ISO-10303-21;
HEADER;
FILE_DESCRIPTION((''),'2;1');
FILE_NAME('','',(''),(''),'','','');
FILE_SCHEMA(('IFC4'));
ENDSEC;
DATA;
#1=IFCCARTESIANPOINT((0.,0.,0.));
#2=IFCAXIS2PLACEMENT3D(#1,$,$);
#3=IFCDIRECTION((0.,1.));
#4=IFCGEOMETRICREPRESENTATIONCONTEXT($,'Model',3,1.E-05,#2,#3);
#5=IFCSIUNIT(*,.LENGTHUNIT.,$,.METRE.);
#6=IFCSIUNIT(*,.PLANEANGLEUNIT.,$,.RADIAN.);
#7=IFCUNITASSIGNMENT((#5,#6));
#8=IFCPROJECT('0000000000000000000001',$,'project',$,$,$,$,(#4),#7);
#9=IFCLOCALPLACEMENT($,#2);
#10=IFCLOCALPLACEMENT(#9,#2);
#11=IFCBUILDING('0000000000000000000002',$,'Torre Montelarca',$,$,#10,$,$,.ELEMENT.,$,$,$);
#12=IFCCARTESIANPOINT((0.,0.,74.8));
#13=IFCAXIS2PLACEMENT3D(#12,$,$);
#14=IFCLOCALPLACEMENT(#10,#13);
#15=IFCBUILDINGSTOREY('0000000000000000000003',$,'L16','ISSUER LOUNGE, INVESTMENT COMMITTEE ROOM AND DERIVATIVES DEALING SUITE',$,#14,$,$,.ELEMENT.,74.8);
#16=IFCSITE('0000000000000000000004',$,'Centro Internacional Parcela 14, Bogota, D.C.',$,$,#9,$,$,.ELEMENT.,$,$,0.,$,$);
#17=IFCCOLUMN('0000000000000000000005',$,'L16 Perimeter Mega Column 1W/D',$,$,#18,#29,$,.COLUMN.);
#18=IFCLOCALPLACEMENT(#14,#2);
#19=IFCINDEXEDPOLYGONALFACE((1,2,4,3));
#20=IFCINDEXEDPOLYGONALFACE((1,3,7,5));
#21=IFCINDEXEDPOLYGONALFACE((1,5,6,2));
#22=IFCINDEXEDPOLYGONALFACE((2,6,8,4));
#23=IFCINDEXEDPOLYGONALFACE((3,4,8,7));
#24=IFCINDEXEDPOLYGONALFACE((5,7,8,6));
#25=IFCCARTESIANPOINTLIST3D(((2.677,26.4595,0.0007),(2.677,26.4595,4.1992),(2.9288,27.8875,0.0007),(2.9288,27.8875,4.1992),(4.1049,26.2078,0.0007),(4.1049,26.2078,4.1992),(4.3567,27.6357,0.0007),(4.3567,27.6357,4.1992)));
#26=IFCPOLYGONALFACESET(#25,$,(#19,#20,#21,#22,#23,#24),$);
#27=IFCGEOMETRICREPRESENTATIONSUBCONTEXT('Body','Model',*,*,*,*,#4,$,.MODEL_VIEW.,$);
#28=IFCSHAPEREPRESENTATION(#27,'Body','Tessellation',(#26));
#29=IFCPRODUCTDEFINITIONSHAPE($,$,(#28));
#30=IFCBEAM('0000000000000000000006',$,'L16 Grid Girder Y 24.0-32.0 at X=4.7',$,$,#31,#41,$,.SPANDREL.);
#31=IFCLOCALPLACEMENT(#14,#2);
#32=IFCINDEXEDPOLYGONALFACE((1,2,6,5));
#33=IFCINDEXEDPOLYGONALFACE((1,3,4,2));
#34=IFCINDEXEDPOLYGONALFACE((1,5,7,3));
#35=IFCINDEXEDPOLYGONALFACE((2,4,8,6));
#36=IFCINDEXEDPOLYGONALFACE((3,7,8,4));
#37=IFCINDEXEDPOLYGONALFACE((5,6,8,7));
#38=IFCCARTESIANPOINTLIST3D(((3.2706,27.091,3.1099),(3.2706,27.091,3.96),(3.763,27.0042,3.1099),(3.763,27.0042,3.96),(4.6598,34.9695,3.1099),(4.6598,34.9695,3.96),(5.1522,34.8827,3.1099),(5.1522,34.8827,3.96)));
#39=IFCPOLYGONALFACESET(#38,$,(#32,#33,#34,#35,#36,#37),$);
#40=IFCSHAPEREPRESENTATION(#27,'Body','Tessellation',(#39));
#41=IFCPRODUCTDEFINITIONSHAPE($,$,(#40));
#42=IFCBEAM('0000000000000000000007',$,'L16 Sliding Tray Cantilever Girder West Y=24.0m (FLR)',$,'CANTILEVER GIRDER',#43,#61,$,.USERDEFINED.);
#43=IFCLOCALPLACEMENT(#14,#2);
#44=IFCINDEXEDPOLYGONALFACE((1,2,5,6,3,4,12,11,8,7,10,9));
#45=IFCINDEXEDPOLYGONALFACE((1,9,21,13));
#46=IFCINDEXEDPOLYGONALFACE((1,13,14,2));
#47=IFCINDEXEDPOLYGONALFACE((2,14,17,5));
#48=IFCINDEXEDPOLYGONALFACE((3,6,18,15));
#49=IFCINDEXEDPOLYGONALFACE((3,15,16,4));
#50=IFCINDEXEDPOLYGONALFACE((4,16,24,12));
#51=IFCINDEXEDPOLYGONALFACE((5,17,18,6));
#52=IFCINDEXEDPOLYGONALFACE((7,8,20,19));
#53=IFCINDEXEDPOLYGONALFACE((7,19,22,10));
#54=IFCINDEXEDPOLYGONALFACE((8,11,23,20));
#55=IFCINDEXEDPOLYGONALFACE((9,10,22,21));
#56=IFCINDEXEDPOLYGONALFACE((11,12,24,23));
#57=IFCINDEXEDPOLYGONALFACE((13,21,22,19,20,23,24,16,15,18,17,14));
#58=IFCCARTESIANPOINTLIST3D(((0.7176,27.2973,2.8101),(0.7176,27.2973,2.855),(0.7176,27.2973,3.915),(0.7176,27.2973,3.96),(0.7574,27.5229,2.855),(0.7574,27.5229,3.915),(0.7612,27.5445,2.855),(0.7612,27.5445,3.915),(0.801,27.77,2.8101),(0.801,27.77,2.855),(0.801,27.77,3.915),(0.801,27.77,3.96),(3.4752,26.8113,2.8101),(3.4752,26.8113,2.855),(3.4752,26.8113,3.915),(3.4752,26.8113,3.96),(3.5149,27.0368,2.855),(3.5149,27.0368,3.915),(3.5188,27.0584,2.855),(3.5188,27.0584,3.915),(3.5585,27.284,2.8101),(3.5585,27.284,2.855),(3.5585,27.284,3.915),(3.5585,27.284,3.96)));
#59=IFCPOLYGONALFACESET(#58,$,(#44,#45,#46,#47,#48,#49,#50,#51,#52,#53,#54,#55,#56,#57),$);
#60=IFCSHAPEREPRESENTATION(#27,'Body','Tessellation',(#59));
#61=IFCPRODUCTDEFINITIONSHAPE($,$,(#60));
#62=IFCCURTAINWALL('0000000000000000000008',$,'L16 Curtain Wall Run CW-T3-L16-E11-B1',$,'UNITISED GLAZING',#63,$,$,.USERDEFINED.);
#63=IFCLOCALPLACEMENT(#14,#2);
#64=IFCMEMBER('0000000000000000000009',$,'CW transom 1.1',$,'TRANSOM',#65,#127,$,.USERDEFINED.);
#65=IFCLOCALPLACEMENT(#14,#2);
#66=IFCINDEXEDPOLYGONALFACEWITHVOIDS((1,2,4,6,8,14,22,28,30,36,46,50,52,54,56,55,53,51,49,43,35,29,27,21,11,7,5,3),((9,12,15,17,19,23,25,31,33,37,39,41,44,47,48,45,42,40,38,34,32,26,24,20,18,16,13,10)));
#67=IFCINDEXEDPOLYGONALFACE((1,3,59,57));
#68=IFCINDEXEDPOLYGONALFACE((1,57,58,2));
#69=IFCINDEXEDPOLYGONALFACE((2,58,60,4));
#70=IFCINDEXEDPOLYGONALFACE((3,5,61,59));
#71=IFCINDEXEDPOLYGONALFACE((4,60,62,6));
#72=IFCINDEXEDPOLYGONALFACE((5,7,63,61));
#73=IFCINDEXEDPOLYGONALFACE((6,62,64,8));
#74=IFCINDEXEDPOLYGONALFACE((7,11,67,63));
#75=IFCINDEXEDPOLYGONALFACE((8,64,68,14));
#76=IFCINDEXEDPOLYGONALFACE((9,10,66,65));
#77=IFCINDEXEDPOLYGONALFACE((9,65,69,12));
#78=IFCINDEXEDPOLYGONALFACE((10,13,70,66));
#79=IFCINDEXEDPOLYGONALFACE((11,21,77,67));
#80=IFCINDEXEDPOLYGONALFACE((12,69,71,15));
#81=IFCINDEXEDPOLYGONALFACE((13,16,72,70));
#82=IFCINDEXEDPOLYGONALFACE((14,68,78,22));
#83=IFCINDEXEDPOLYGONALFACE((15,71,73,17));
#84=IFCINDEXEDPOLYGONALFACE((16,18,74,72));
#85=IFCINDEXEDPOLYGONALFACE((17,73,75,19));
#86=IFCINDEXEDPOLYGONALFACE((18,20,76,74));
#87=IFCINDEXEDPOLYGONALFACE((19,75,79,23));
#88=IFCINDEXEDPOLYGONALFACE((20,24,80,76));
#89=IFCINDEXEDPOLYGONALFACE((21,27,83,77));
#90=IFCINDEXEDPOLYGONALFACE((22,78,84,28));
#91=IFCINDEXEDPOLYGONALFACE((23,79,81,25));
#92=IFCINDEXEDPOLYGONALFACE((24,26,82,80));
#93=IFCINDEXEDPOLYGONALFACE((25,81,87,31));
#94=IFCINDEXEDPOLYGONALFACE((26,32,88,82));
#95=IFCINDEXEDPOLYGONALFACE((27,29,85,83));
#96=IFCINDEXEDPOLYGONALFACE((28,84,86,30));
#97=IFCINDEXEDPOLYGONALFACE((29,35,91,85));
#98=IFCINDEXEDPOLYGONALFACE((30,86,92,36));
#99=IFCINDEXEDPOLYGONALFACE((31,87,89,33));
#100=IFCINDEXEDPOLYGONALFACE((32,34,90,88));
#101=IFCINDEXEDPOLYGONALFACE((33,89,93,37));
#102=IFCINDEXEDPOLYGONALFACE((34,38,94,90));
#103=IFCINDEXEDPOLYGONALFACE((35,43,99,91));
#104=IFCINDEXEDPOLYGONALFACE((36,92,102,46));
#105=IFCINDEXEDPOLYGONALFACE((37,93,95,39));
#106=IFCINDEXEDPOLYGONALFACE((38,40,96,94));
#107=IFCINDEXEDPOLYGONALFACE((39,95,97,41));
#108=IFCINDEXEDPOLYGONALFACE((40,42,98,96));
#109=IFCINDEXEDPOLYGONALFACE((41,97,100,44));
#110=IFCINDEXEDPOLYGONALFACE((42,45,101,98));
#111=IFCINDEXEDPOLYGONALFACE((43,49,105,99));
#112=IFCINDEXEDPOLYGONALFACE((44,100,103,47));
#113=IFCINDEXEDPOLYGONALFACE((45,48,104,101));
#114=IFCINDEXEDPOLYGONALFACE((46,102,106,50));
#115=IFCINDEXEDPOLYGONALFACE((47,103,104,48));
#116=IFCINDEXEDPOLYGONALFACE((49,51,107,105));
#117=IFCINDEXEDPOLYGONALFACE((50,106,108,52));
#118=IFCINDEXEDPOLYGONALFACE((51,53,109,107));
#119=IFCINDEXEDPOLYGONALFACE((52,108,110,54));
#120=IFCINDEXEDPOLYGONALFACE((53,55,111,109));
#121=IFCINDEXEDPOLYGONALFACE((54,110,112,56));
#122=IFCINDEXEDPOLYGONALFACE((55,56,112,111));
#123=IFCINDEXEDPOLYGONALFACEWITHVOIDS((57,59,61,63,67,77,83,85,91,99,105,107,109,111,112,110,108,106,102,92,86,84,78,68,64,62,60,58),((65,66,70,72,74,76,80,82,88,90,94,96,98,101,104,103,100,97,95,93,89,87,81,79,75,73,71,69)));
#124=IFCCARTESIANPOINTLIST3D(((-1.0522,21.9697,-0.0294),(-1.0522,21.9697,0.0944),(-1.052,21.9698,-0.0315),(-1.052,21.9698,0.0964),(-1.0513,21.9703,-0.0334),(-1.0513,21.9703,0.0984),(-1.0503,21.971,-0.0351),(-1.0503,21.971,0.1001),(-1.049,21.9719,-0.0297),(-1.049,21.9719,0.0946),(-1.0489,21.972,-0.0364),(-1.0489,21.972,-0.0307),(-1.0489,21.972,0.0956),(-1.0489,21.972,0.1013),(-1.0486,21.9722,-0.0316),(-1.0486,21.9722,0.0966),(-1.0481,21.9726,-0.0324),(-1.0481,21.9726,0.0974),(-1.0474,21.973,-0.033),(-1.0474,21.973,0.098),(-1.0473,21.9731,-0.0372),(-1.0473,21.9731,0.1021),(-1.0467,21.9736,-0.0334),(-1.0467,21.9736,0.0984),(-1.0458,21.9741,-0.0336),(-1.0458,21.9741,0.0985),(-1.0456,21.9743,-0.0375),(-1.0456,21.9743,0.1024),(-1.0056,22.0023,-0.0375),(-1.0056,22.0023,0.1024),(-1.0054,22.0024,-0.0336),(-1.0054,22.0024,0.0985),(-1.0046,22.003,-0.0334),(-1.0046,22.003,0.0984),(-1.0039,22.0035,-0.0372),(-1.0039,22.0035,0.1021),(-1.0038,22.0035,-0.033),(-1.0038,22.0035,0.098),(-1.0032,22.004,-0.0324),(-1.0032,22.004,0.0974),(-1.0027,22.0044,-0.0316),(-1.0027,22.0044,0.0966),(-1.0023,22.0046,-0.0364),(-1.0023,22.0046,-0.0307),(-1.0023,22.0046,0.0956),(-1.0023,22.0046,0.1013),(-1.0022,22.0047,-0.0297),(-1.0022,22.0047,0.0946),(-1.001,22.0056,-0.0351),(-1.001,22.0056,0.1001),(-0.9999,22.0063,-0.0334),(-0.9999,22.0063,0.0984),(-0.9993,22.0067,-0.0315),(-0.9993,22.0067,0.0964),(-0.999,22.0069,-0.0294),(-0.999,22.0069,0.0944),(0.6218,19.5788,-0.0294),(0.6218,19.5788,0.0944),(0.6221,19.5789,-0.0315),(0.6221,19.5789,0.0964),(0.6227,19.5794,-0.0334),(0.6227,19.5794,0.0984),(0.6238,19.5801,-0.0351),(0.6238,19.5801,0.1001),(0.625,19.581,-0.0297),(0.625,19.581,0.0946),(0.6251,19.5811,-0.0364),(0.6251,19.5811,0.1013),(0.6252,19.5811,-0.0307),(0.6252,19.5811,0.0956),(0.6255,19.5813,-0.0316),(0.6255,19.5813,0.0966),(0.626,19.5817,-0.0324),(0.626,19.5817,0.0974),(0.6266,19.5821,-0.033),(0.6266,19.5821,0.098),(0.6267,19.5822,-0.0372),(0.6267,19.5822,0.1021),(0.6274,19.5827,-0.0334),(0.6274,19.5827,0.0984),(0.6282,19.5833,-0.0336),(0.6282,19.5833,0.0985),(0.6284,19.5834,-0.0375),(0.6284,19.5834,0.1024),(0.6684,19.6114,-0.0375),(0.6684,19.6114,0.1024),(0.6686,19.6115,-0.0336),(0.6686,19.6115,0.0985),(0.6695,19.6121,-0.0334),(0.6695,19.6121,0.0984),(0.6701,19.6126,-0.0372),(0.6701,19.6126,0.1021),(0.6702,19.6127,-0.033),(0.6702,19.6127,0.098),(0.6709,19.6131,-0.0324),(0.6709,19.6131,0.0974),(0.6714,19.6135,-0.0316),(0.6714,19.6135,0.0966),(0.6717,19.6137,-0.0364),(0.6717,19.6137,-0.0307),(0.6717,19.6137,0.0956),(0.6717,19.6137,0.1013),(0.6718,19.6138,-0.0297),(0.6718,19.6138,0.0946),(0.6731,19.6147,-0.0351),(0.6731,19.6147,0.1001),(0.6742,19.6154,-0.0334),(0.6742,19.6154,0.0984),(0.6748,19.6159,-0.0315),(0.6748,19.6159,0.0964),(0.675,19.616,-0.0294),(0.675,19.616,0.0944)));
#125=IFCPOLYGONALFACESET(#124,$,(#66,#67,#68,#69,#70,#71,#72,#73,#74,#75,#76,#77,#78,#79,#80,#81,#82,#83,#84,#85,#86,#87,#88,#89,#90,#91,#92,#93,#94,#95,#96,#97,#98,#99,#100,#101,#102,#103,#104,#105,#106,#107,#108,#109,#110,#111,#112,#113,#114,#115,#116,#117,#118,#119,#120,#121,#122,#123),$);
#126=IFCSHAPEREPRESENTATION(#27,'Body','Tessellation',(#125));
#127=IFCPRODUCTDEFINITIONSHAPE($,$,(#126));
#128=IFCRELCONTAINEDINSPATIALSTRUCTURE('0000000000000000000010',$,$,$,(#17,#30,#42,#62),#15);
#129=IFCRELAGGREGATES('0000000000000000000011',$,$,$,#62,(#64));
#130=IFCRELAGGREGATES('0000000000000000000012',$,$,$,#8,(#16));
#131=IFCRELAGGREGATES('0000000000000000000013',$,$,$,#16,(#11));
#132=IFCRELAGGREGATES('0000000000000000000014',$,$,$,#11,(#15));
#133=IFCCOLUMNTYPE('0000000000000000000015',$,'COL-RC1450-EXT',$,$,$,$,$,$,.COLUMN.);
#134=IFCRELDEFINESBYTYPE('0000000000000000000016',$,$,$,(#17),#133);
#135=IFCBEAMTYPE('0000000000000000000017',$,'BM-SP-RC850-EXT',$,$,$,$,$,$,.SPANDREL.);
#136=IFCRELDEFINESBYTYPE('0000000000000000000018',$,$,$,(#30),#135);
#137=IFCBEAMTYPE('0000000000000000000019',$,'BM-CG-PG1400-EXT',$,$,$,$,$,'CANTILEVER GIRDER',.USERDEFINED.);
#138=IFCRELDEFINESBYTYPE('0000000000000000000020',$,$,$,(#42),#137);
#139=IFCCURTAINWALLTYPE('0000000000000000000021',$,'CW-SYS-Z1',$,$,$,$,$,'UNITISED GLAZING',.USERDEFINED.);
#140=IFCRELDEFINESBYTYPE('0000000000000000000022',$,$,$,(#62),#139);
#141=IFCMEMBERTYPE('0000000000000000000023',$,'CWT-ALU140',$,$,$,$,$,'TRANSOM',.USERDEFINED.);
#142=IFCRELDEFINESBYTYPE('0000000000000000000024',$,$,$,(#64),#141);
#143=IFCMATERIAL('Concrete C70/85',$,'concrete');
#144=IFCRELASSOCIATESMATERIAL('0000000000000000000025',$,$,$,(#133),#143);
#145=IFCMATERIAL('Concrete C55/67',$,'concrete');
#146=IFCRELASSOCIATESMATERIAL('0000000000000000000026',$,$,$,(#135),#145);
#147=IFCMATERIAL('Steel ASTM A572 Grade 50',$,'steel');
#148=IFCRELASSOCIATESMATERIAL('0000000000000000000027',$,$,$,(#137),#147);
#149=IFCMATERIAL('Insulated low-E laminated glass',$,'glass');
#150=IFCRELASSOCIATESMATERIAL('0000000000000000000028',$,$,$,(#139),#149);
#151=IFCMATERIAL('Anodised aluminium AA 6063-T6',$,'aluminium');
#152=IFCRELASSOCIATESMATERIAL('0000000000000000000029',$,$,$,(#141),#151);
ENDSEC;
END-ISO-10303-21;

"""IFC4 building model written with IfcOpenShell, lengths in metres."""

from ifc_helpers import new_model, si_unit, direction, frame, origin, origin_2d, place, context, subcontext, project, spatial, rectangle, hollow_rectangle, i_section, extrude, source, transform, mapped, material, material_profile, profile_set, type_object, element, aggregate, save


model = new_model("IFC4")

# Units and contexts
model_context = context("Model", 3, precision=1e-05, world=origin(), true_north=direction((0.0, 1.0)))
body_context = subcontext(model_context, "Body", "Model", "MODEL_VIEW")
ifc_project = project(units=[si_unit("LENGTHUNIT", "METRE"), si_unit("PLANEANGLEUNIT", "RADIAN")], contexts=[model_context])

# Site, building, storey
site_placement = place(None, origin())
site = spatial("IfcSite", under=ifc_project, at=site_placement, Name="Centro Internacional Parcela 14, Bogota, D.C.", CompositionType="ELEMENT", RefElevation=0.0)
building_placement = place(site_placement, origin())
building = spatial("IfcBuilding", under=site, at=building_placement, Name="Torre Montelarca", CompositionType="ELEMENT")
storey_placement = place(building_placement, frame((0.0, 0.0, 74.8)))
storey = spatial("IfcBuildingStorey", under=building, at=storey_placement, Name="L16", Description="ISSUER LOUNGE, INVESTMENT COMMITTEE ROOM AND DERIVATIVES DEALING SUITE", CompositionType="ELEMENT", Elevation=74.8)

# Column
ifc_material_1 = material(Name="Concrete C70/85", Category="concrete")
ifc_material_profile_1 = material_profile(ifc_material_1, rectangle(XDim=1.45, YDim=1.45, at=origin_2d()), Name="RC1450X1450", Category="concrete")
ifc_profile_set_1 = profile_set([ifc_material_profile_1], Name="Concrete C70/85")
column_type = type_object("IfcColumnType", Name="COL-RC1450-EXT", PredefinedType="COLUMN", material=ifc_profile_set_1)
shared_shape_1 = source(origin(), body_context, "Body", "SweptSolid", [
    extrude(rectangle(XDim=1.45, YDim=1.45, at=origin_2d()), origin(), (0.0, 0.0, 1.0), 4.1985),
])
column_placement = place(storey_placement, frame((3.5168, 27.0476, 0.0007), z_axis=(0.0, 0.0, 1.0), x_axis=(-0.984808, 0.173648, 0.0)))
element("IfcColumn", 1, at=column_placement, inside=storey, type_object=column_type, Name="L16 Perimeter Mega Column 1W/D", PredefinedType="COLUMN", context=body_context, shape_type="MappedRepresentation", body=[
    mapped(shared_shape_1, transform((0.0, 0.0, 0.0), scale=1.0)),
])

# Beams
ifc_material_2 = material(Name="Concrete C55/67", Category="concrete")
ifc_material_profile_2 = material_profile(ifc_material_2, rectangle(XDim=0.5, YDim=0.8501, at=origin_2d()), Name="RCB500X850", Category="concrete")
ifc_profile_set_2 = profile_set([ifc_material_profile_2], Name="Concrete C55/67")
beam_type_1 = type_object("IfcBeamType", Name="BM-SP-RC850-EXT", PredefinedType="SPANDREL", material=ifc_profile_set_2)
shared_shape_2 = source(origin(), body_context, "Body", "SweptSolid", [
    extrude(rectangle(XDim=0.5, YDim=0.8501, at=origin_2d()), origin(), (0.0, 0.0, 1.0), 8.0),
])
beam_1_placement = place(storey_placement, frame((3.5168, 27.0476, 3.5349), z_axis=(0.173646, 0.984808, 0.0), x_axis=(-0.984808, 0.173646, 0.0)))
element("IfcBeam", 2, at=beam_1_placement, inside=storey, type_object=beam_type_1, Name="L16 Grid Girder Y 24.0-32.0 at X=4.7", PredefinedType="SPANDREL", context=body_context, shape_type="MappedRepresentation", body=[
    mapped(shared_shape_2, transform((0.0, 0.0, 0.0), scale=1.0)),
])
ifc_material_3 = material(Name="Steel ASTM A572 Grade 50", Category="steel")
ifc_material_profile_3 = material_profile(ifc_material_3, i_section(OverallWidth=0.48, OverallDepth=1.1499, WebThickness=0.022, FlangeThickness=0.0449, at=origin_2d()), Name="PG1150X480X22X45", Category="steel")
ifc_profile_set_3 = profile_set([ifc_material_profile_3], Name="Steel ASTM A572 Grade 50")
beam_type_2 = type_object("IfcBeamType", Name="BM-CG-PG1400-EXT", ElementType="CANTILEVER GIRDER", PredefinedType="USERDEFINED", material=ifc_profile_set_3)
shared_shape_3 = source(origin(), body_context, "Body", "SweptSolid", [
    extrude(i_section(OverallWidth=0.48, OverallDepth=1.1499, WebThickness=0.022, FlangeThickness=0.0449, at=origin_2d()), origin(), (0.0, 0.0, 1.0), 2.8),
])
beam_2_placement = place(storey_placement, frame((3.5168, 27.0476, 3.385), z_axis=(-0.984817, 0.173596, 0.0), x_axis=(-0.173596, -0.984817, 0.0)))
element("IfcBeam", 3, at=beam_2_placement, inside=storey, type_object=beam_type_2, Name="L16 Sliding Tray Cantilever Girder West Y=24.0m (FLR)", ObjectType="CANTILEVER GIRDER", PredefinedType="USERDEFINED", context=body_context, shape_type="MappedRepresentation", body=[
    mapped(shared_shape_3, transform((0.0, 0.0, 0.0), scale=1.0)),
])

# Curtain wall, member
ifc_material_4 = material(Name="Insulated low-E laminated glass", Category="glass")
curtain_wall_type = type_object("IfcCurtainWallType", Name="CW-SYS-Z1", ElementType="UNITISED GLAZING", PredefinedType="USERDEFINED", material=ifc_material_4)
curtain_wall_1_placement = place(storey_placement, origin())
curtain_wall_1 = element("IfcCurtainWall", 4, at=curtain_wall_1_placement, inside=storey, type_object=curtain_wall_type, Name="L16 Curtain Wall Run CW-T3-L16-E11-B1", ObjectType="UNITISED GLAZING", PredefinedType="USERDEFINED")
ifc_material_5 = material(Name="Anodised aluminium AA 6063-T6", Category="aluminium")
ifc_material_profile_4 = material_profile(ifc_material_5, hollow_rectangle(XDim=0.0649, YDim=0.1399, WallThickness=0.0039, InnerFilletRadius=0.0039, OuterFilletRadius=0.0081, at=origin_2d()), Name="ALU65X140X4", Category="aluminium")
ifc_profile_set_4 = profile_set([ifc_material_profile_4], Name="Anodised aluminium AA 6063-T6")
member_type_1 = type_object("IfcMemberType", Name="CWT-ALU140", ElementType="TRANSOM", PredefinedType="USERDEFINED", material=ifc_profile_set_4)
shared_shape_4 = source(origin(), body_context, "Body", "SweptSolid", [
    extrude(hollow_rectangle(XDim=0.0649, YDim=0.1399, WallThickness=0.0039, InnerFilletRadius=0.0039, OuterFilletRadius=0.0081, at=origin_2d()), origin(), (0.0, 0.0, 1.0), 2.9187),
])
member_1_placement = place(storey_placement, frame((-1.0256, 21.9883, 0.0325), z_axis=(0.573569, -0.819157, 0.0), x_axis=(0.819157, 0.573569, 0.0)))
member_1 = element("IfcMember", 5, at=member_1_placement, type_object=member_type_1, Name="CW transom 1.1", ObjectType="TRANSOM", PredefinedType="USERDEFINED", context=body_context, shape_type="MappedRepresentation", body=[
    mapped(shared_shape_4, transform((0.0, 0.0, 0.0), scale=1.0)),
])

aggregate(curtain_wall_1, [member_1])

save(model, "model.ifc")
